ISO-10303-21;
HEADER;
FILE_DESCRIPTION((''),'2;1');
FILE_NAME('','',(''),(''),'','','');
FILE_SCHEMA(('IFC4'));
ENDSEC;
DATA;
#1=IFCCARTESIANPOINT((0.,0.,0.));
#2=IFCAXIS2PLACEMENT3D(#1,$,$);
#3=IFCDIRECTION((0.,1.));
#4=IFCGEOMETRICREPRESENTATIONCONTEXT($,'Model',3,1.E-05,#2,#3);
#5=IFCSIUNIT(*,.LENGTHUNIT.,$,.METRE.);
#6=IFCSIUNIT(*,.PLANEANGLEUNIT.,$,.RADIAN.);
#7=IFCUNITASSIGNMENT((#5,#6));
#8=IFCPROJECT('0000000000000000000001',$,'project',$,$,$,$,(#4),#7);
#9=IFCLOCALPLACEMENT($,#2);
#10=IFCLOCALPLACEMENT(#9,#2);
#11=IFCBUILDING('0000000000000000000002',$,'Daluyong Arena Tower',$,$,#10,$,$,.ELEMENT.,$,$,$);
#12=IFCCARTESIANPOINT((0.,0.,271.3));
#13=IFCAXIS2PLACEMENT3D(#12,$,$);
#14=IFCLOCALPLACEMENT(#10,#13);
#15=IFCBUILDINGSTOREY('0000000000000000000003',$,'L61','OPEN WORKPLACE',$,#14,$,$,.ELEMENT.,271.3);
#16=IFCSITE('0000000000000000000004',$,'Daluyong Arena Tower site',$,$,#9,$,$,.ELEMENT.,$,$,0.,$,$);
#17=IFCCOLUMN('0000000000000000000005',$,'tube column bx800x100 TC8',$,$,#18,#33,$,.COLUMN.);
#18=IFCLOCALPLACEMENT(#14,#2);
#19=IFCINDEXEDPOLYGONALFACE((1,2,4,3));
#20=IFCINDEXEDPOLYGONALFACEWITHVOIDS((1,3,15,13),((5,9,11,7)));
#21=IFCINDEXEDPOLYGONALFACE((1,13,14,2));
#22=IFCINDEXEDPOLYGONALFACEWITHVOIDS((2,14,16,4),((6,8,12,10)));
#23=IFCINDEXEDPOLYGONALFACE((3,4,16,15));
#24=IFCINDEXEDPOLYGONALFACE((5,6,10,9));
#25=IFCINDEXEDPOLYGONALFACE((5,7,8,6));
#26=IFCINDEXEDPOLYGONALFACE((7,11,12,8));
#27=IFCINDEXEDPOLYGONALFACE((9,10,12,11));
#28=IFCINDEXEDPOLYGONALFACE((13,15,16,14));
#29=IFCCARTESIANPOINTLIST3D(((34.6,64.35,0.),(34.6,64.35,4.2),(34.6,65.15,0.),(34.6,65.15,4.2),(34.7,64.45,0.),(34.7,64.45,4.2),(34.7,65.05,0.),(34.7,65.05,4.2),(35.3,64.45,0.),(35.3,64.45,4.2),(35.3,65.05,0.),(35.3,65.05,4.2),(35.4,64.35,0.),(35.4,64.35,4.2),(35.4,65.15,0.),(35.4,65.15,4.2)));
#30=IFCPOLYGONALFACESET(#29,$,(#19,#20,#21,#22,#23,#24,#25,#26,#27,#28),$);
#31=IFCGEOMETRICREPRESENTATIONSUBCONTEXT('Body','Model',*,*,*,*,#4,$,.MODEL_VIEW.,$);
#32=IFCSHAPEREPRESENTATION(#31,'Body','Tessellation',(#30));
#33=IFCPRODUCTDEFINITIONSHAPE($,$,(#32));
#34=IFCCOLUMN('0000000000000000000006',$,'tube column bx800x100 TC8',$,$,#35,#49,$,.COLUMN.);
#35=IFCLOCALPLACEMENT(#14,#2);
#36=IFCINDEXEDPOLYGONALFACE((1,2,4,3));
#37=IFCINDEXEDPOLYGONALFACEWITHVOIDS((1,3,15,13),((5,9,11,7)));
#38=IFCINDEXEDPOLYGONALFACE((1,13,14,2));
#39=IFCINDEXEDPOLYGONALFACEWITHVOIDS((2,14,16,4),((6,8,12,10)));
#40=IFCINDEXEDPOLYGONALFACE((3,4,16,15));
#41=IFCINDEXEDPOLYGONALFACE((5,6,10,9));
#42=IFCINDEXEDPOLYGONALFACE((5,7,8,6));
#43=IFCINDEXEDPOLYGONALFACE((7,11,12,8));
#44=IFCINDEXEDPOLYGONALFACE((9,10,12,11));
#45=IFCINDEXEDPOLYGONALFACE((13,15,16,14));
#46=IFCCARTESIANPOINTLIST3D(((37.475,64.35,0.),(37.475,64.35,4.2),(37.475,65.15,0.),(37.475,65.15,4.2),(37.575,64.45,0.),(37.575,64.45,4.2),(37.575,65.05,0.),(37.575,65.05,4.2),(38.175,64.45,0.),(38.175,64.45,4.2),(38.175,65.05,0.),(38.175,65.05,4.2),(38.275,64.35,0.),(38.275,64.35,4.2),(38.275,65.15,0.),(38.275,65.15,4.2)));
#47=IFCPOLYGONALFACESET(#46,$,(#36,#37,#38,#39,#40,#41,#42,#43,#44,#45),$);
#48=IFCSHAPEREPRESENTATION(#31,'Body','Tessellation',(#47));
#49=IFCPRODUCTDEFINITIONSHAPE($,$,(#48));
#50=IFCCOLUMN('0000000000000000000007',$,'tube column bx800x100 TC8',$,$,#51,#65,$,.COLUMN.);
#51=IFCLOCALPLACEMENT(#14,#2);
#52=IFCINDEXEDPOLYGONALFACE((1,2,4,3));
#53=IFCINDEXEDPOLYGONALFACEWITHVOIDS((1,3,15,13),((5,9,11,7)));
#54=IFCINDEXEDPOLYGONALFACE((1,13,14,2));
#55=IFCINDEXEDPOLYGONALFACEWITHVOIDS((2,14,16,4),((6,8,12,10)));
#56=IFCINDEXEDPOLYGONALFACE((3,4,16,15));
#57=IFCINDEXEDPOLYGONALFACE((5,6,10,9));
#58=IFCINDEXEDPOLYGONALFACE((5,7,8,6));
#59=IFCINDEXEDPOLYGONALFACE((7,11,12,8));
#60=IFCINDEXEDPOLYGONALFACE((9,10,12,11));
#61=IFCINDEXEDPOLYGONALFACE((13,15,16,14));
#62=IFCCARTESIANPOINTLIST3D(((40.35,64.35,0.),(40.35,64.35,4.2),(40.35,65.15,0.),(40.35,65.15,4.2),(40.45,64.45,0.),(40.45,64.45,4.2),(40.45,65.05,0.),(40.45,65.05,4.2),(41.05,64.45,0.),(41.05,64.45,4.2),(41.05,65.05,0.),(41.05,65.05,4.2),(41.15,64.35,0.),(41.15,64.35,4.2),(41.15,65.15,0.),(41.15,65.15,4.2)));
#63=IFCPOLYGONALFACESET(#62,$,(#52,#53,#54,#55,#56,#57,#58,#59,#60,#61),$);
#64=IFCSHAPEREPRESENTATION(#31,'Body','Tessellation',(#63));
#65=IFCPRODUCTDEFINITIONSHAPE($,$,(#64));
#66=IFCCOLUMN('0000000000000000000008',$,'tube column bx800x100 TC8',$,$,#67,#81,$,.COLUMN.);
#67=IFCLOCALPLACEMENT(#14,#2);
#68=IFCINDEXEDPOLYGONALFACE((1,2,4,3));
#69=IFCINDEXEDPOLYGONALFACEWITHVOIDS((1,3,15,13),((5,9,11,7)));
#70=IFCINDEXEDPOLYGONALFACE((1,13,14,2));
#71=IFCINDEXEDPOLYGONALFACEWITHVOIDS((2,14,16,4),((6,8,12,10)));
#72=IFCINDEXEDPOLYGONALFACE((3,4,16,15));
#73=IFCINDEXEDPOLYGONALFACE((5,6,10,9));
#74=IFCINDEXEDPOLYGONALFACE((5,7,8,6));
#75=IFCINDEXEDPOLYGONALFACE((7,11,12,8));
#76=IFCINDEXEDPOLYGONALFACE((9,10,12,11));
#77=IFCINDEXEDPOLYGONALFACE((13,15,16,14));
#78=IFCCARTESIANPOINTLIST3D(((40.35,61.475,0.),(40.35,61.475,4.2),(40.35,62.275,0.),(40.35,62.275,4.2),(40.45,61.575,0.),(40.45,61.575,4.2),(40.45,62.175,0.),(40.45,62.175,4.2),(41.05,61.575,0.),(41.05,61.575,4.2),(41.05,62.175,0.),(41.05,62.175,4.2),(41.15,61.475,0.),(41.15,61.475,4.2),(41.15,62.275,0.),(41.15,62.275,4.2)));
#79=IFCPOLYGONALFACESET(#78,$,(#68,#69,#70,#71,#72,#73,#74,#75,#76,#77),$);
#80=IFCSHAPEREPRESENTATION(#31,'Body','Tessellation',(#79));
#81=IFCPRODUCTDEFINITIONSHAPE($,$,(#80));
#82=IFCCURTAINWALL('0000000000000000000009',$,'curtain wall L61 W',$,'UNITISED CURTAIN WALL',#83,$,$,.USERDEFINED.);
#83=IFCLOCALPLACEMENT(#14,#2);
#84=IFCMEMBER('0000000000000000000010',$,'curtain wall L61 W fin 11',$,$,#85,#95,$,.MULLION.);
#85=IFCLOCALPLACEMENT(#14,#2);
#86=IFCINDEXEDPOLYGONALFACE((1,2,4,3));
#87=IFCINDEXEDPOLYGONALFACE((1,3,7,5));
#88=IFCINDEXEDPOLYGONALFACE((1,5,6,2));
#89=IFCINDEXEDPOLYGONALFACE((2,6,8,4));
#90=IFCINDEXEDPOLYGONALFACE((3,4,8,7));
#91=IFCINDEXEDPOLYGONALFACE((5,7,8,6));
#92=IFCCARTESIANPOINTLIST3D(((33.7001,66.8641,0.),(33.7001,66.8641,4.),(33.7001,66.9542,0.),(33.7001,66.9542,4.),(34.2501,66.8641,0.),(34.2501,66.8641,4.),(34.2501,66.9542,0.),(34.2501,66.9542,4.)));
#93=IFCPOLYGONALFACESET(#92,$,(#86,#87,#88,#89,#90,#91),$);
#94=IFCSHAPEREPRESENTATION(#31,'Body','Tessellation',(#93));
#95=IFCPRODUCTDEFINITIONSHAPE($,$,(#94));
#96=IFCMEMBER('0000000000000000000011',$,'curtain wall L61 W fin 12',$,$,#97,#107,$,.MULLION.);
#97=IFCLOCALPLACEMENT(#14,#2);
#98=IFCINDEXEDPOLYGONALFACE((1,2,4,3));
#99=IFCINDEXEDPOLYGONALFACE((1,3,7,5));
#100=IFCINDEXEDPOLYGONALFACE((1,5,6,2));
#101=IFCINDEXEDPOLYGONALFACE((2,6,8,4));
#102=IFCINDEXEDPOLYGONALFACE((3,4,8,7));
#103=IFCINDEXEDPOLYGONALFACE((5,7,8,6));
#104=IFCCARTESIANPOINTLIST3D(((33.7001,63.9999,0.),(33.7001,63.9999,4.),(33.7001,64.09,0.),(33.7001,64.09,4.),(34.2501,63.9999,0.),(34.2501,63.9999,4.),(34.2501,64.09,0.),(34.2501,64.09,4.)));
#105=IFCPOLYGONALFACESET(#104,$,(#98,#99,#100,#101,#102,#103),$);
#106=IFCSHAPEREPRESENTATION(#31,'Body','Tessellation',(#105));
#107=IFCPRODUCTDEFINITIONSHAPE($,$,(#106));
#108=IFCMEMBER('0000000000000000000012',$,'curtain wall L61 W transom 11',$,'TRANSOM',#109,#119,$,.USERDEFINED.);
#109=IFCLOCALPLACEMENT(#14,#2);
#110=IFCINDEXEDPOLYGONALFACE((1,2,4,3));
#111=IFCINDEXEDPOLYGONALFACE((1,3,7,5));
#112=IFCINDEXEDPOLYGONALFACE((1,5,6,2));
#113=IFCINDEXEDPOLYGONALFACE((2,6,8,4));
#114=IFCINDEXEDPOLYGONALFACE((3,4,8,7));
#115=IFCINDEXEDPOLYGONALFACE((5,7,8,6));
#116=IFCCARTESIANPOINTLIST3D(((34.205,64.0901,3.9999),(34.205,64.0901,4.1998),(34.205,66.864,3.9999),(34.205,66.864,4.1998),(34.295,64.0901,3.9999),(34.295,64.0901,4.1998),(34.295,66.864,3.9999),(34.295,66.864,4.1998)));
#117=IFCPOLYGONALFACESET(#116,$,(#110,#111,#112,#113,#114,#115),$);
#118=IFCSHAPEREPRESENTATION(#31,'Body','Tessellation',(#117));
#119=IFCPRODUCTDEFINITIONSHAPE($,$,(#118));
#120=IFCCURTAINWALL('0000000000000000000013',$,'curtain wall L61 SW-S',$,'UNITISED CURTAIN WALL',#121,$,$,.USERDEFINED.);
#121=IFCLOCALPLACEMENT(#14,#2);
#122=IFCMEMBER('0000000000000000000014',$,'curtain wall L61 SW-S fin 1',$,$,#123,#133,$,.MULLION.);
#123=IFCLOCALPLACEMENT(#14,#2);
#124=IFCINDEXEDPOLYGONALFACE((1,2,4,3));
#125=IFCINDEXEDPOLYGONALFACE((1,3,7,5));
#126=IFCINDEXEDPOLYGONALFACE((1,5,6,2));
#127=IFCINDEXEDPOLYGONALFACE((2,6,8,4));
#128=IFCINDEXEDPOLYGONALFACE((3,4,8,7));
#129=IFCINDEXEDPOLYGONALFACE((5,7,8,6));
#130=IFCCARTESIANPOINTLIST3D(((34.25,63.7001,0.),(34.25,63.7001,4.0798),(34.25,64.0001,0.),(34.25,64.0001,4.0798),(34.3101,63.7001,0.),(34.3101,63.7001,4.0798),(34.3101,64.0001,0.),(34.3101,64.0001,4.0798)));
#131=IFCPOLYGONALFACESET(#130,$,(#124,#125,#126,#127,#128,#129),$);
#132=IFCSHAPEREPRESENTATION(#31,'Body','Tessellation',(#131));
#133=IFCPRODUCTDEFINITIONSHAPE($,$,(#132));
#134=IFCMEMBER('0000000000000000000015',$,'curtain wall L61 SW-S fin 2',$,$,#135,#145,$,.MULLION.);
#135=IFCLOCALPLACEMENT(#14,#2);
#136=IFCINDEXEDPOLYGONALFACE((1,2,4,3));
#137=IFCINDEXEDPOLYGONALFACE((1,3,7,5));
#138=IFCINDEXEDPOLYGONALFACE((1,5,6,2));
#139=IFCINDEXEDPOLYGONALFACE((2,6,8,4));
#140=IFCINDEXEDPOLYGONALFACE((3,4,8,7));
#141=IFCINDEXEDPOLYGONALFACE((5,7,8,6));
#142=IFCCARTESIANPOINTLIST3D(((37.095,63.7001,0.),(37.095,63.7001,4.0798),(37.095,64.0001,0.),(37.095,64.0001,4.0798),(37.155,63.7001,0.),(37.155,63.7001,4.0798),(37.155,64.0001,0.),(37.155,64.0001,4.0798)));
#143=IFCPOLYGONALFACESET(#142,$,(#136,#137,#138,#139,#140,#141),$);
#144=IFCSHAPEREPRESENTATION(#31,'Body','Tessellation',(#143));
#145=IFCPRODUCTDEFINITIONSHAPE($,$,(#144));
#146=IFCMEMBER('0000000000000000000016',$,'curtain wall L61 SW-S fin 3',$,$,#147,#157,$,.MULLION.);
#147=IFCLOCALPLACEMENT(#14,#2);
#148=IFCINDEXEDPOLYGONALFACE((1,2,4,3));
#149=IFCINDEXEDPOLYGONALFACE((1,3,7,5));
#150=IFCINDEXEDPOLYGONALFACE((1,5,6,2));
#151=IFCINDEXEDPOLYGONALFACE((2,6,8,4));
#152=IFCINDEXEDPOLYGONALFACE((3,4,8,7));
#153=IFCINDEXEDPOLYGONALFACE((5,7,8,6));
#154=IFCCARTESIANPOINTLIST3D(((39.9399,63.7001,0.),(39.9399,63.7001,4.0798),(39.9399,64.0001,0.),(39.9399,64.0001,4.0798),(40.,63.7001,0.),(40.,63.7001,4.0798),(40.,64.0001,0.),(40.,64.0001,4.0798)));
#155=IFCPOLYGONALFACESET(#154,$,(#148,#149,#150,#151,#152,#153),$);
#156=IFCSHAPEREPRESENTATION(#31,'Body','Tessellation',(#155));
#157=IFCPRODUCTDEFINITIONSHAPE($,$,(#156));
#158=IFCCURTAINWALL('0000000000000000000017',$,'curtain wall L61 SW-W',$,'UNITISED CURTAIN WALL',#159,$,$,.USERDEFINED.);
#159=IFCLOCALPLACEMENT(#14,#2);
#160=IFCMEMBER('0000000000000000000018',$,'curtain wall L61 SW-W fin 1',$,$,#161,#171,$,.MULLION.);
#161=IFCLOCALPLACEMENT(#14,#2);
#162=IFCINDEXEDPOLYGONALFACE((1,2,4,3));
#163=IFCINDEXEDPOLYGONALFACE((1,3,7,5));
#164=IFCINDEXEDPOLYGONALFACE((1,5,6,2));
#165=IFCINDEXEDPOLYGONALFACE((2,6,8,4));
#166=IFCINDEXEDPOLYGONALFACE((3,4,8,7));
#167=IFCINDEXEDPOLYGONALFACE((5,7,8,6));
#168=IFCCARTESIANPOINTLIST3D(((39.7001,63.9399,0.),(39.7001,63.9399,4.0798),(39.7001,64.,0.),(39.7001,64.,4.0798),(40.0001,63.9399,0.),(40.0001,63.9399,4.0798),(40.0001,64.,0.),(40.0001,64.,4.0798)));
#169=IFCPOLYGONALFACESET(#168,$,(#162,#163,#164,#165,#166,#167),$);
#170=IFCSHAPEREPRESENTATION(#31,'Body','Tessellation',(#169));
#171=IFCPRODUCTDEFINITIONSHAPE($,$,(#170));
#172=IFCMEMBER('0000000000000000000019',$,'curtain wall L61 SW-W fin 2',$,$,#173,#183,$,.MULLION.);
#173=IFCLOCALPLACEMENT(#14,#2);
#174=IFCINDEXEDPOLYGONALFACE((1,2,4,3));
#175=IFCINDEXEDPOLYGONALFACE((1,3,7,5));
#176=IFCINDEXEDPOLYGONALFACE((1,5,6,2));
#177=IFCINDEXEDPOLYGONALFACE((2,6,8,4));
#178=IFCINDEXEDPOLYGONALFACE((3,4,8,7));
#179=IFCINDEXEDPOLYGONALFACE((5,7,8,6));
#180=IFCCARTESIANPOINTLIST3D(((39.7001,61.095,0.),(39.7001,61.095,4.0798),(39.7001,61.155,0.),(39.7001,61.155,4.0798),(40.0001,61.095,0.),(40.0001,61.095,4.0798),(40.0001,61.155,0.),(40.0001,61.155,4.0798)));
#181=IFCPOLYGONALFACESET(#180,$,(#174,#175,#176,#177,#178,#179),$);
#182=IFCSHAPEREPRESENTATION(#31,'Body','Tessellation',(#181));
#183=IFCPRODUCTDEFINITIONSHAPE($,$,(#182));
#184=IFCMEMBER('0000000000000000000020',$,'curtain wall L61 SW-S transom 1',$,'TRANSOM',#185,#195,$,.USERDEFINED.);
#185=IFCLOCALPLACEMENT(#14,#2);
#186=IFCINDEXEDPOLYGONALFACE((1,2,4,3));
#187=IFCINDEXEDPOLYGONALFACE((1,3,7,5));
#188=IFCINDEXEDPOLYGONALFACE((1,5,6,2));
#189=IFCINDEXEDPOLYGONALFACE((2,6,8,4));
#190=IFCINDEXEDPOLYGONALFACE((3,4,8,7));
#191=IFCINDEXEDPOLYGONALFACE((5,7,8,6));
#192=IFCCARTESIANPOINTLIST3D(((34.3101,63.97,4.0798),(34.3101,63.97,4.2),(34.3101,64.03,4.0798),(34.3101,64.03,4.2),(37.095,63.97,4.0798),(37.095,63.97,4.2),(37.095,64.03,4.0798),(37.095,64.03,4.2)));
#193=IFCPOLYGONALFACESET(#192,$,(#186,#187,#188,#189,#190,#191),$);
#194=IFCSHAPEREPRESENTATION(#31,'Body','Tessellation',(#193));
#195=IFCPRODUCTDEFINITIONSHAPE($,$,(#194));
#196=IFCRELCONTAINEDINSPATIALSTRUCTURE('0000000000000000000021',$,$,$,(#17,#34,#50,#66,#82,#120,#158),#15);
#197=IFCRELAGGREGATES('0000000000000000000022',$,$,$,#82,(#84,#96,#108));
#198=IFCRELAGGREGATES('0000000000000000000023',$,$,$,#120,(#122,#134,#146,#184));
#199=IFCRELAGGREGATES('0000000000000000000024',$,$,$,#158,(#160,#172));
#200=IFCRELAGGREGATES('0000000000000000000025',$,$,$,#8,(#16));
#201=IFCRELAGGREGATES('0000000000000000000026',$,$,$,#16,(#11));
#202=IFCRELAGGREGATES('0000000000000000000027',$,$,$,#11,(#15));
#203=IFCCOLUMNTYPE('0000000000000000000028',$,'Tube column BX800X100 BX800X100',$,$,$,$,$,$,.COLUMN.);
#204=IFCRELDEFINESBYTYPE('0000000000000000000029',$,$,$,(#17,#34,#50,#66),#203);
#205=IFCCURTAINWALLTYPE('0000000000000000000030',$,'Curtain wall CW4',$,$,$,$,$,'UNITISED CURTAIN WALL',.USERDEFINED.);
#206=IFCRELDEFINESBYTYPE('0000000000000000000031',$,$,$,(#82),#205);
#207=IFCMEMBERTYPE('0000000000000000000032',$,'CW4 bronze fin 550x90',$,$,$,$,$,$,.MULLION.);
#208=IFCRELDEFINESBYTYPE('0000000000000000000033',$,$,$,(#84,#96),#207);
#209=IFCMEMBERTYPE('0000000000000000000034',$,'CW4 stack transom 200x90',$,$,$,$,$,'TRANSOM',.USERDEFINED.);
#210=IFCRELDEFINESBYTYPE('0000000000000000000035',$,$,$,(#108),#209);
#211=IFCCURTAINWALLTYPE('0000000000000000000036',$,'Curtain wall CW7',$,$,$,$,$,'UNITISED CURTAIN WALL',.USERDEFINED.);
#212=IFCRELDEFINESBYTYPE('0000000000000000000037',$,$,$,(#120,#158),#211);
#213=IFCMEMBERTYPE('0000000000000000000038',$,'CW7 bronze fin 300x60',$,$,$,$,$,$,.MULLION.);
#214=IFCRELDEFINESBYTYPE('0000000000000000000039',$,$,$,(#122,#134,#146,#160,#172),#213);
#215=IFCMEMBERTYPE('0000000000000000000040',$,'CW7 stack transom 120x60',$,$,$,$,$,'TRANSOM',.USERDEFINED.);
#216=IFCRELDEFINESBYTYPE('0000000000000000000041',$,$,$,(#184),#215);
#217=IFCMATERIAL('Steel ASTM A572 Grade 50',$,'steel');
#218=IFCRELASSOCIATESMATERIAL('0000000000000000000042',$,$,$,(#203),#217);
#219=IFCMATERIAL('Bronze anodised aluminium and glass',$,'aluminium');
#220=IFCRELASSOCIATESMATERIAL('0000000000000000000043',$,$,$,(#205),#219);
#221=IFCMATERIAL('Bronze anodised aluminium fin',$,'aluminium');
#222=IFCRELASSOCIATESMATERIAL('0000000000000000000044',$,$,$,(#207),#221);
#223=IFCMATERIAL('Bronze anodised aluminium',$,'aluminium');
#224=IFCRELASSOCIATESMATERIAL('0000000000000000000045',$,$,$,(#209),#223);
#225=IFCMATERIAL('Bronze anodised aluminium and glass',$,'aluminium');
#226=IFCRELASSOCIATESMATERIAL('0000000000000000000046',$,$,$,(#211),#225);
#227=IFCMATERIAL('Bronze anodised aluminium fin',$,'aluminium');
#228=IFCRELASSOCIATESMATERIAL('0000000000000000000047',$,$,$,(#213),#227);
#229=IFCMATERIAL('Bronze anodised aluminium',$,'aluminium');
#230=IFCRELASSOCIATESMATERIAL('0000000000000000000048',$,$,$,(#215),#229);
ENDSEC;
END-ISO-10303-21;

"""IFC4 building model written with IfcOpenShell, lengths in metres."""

from ifc_helpers import new_model, si_unit, direction, frame, origin, origin_2d, place, context, subcontext, project, spatial, rectangle, hollow_rectangle, extrude, material, material_profile, profile_set, type_object, element, aggregate, save


model = new_model("IFC4")

# Units and contexts
model_context = context("Model", 3, precision=1e-05, world=origin(), true_north=direction((0.0, 1.0)))
body_context = subcontext(model_context, "Body", "Model", "MODEL_VIEW")
ifc_project = project(units=[si_unit("LENGTHUNIT", "METRE"), si_unit("PLANEANGLEUNIT", "RADIAN")], contexts=[model_context])

# Site, building, storey
site_placement = place(None, origin())
site = spatial("IfcSite", under=ifc_project, at=site_placement, Name="Daluyong Arena Tower site", CompositionType="ELEMENT", RefElevation=0.0)
building_placement = place(site_placement, origin())
building = spatial("IfcBuilding", under=site, at=building_placement, Name="Daluyong Arena Tower", CompositionType="ELEMENT")
storey_placement = place(building_placement, frame((0.0, 0.0, 271.3)))
storey = spatial("IfcBuildingStorey", under=building, at=storey_placement, Name="L61", Description="OPEN WORKPLACE", CompositionType="ELEMENT", Elevation=271.3)

# Columns
ifc_material_1 = material(Name="Steel ASTM A572 Grade 50", Category="steel")
ifc_material_profile_1 = material_profile(ifc_material_1, hollow_rectangle(XDim=0.8, YDim=0.8, WallThickness=0.1, at=origin_2d()))
ifc_profile_set_1 = profile_set([ifc_material_profile_1], Name="Steel ASTM A572 Grade 50")
column_type = type_object("IfcColumnType", Name="Tube column BX800X100 BX800X100", PredefinedType="COLUMN", material=ifc_profile_set_1)
for number, where, z_axis, x_axis, name in (
    (1, (35.0, 64.75, 0.0), (0.0, 0.0, 1.0), (1.0, 0.0, 0.0), "tube column bx800x100 TC8"),
    (2, (37.875, 64.75, 0.0), (0.0, 0.0, 1.0), (1.0, 0.0, 0.0), "tube column bx800x100 TC8"),
    (3, (40.75, 64.75, 0.0), (0.0, 0.0, 1.0), (0.0, 1.0, 0.0), "tube column bx800x100 TC8"),
    (4, (40.75, 61.875, 0.0), (0.0, 0.0, 1.0), (0.0, 1.0, 0.0), "tube column bx800x100 TC8"),
):
    element("IfcColumn", number, at=place(storey_placement, frame(where, z_axis=z_axis, x_axis=x_axis)), inside=storey, type_object=column_type, Name=name, PredefinedType="COLUMN", context=body_context, shape_type="SweptSolid", body=[
        extrude(hollow_rectangle(XDim=0.8, YDim=0.8, WallThickness=0.1, at=origin_2d()), origin(), (0.0, 0.0, 1.0), 4.2),
    ])

# Curtain walls, members
ifc_material_2 = material(Name="Bronze anodised aluminium and glass", Category="aluminium")
curtain_wall_type_1 = type_object("IfcCurtainWallType", Name="Curtain wall CW4", ElementType="UNITISED CURTAIN WALL", PredefinedType="USERDEFINED", material=ifc_material_2)
curtain_wall_1_placement = place(storey_placement, origin())
curtain_wall_1 = element("IfcCurtainWall", 5, at=curtain_wall_1_placement, inside=storey, type_object=curtain_wall_type_1, Name="curtain wall L61 W", ObjectType="UNITISED CURTAIN WALL", PredefinedType="USERDEFINED")
ifc_material_3 = material(Name="Bronze anodised aluminium fin", Category="aluminium")
ifc_material_profile_2 = material_profile(ifc_material_3, rectangle(XDim=0.55, YDim=0.0901, at=origin_2d()))
ifc_profile_set_2 = profile_set([ifc_material_profile_2], Name="Bronze anodised aluminium fin")
member_type_1 = type_object("IfcMemberType", Name="CW4 bronze fin 550x90", PredefinedType="MULLION", material=ifc_profile_set_2)
member_1_placement = place(storey_placement, frame((33.9751, 66.9092, 0.0), z_axis=(0.0, 0.0, 1.0), x_axis=(1.0, 0.0, 0.0)))
member_1 = element("IfcMember", 6, at=member_1_placement, type_object=member_type_1, Name="curtain wall L61 W fin 11", PredefinedType="MULLION", context=body_context, shape_type="SweptSolid", body=[
    extrude(rectangle(XDim=0.55, YDim=0.0901, at=origin_2d()), origin(), (0.0, 0.0, 1.0), 4.0),
])
member_2_placement = place(storey_placement, frame((33.9751, 64.0449, 0.0), z_axis=(0.0, 0.0, 1.0), x_axis=(1.0, 0.0, 0.0)))
member_2 = element("IfcMember", 7, at=member_2_placement, type_object=member_type_1, Name="curtain wall L61 W fin 12", PredefinedType="MULLION", context=body_context, shape_type="SweptSolid", body=[
    extrude(rectangle(XDim=0.55, YDim=0.0901, at=origin_2d()), origin(), (0.0, 0.0, 1.0), 4.0),
])
ifc_material_4 = material(Name="Bronze anodised aluminium", Category="aluminium")
ifc_material_profile_3 = material_profile(ifc_material_4, rectangle(XDim=0.0901, YDim=0.2, at=origin_2d()))
ifc_profile_set_3 = profile_set([ifc_material_profile_3], Name="Bronze anodised aluminium")
member_type_2 = type_object("IfcMemberType", Name="CW4 stack transom 200x90", ElementType="TRANSOM", PredefinedType="USERDEFINED", material=ifc_profile_set_3)
member_3_placement = place(storey_placement, frame((34.25, 66.864, 4.0999), z_axis=(0.0, -1.0, 0.0), x_axis=(1.0, 0.0, 0.0)))
member_3 = element("IfcMember", 8, at=member_3_placement, type_object=member_type_2, Name="curtain wall L61 W transom 11", ObjectType="TRANSOM", PredefinedType="USERDEFINED", context=body_context, shape_type="SweptSolid", body=[
    extrude(rectangle(XDim=0.0901, YDim=0.2, at=origin_2d()), origin(), (0.0, 0.0, 1.0), 2.7739),
])
ifc_material_5 = material(Name="Bronze anodised aluminium and glass", Category="aluminium")
curtain_wall_type_2 = type_object("IfcCurtainWallType", Name="Curtain wall CW7", ElementType="UNITISED CURTAIN WALL", PredefinedType="USERDEFINED", material=ifc_material_5)
curtain_wall_2_placement = place(storey_placement, origin())
curtain_wall_2 = element("IfcCurtainWall", 9, at=curtain_wall_2_placement, inside=storey, type_object=curtain_wall_type_2, Name="curtain wall L61 SW-S", ObjectType="UNITISED CURTAIN WALL", PredefinedType="USERDEFINED")
ifc_material_6 = material(Name="Bronze anodised aluminium fin", Category="aluminium")
ifc_material_profile_4 = material_profile(ifc_material_6, rectangle(XDim=0.3, YDim=0.0601, at=origin_2d()))
ifc_profile_set_4 = profile_set([ifc_material_profile_4], Name="Bronze anodised aluminium fin")
member_type_3 = type_object("IfcMemberType", Name="CW7 bronze fin 300x60", PredefinedType="MULLION", material=ifc_profile_set_4)
member_4_placement = place(storey_placement, frame((34.28, 63.8501, 0.0), z_axis=(0.0, 0.0, 1.0), x_axis=(0.0, 1.0, 0.0)))
member_4 = element("IfcMember", 10, at=member_4_placement, type_object=member_type_3, Name="curtain wall L61 SW-S fin 1", PredefinedType="MULLION", context=body_context, shape_type="SweptSolid", body=[
    extrude(rectangle(XDim=0.3, YDim=0.0601, at=origin_2d()), origin(), (0.0, 0.0, 1.0), 4.0798),
])
member_5_placement = place(storey_placement, frame((37.125, 63.8501, 0.0), z_axis=(0.0, 0.0, 1.0), x_axis=(0.0, 1.0, 0.0)))
member_5 = element("IfcMember", 11, at=member_5_placement, type_object=member_type_3, Name="curtain wall L61 SW-S fin 2", PredefinedType="MULLION", context=body_context, shape_type="SweptSolid", body=[
    extrude(rectangle(XDim=0.3, YDim=0.0601, at=origin_2d()), origin(), (0.0, 0.0, 1.0), 4.0798),
])
member_6_placement = place(storey_placement, frame((39.97, 63.8501, 0.0), z_axis=(0.0, 0.0, 1.0), x_axis=(0.0, 1.0, 0.0)))
member_6 = element("IfcMember", 12, at=member_6_placement, type_object=member_type_3, Name="curtain wall L61 SW-S fin 3", PredefinedType="MULLION", context=body_context, shape_type="SweptSolid", body=[
    extrude(rectangle(XDim=0.3, YDim=0.0601, at=origin_2d()), origin(), (0.0, 0.0, 1.0), 4.0798),
])
curtain_wall_3_placement = place(storey_placement, origin())
curtain_wall_3 = element("IfcCurtainWall", 13, at=curtain_wall_3_placement, inside=storey, type_object=curtain_wall_type_2, Name="curtain wall L61 SW-W", ObjectType="UNITISED CURTAIN WALL", PredefinedType="USERDEFINED")
member_7_placement = place(storey_placement, frame((39.8501, 63.97, 0.0), z_axis=(0.0, 0.0, 1.0), x_axis=(1.0, 0.0, 0.0)))
member_7 = element("IfcMember", 14, at=member_7_placement, type_object=member_type_3, Name="curtain wall L61 SW-W fin 1", PredefinedType="MULLION", context=body_context, shape_type="SweptSolid", body=[
    extrude(rectangle(XDim=0.3, YDim=0.0601, at=origin_2d()), origin(), (0.0, 0.0, 1.0), 4.0798),
])
member_8_placement = place(storey_placement, frame((39.8501, 61.125, 0.0), z_axis=(0.0, 0.0, 1.0), x_axis=(1.0, 0.0, 0.0)))
member_8 = element("IfcMember", 15, at=member_8_placement, type_object=member_type_3, Name="curtain wall L61 SW-W fin 2", PredefinedType="MULLION", context=body_context, shape_type="SweptSolid", body=[
    extrude(rectangle(XDim=0.3, YDim=0.0601, at=origin_2d()), origin(), (0.0, 0.0, 1.0), 4.0798),
])

# Member
ifc_material_7 = material(Name="Bronze anodised aluminium", Category="aluminium")
ifc_material_profile_5 = material_profile(ifc_material_7, rectangle(XDim=0.0601, YDim=0.1201, at=origin_2d()))
ifc_profile_set_5 = profile_set([ifc_material_profile_5], Name="Bronze anodised aluminium")
member_type_4 = type_object("IfcMemberType", Name="CW7 stack transom 120x60", ElementType="TRANSOM", PredefinedType="USERDEFINED", material=ifc_profile_set_5)
member_9_placement = place(storey_placement, frame((34.3101, 64.0, 4.1399), z_axis=(1.0, 0.0, 0.0), x_axis=(0.0, 1.0, 0.0)))
member_9 = element("IfcMember", 16, at=member_9_placement, type_object=member_type_4, Name="curtain wall L61 SW-S transom 1", ObjectType="TRANSOM", PredefinedType="USERDEFINED", context=body_context, shape_type="SweptSolid", body=[
    extrude(rectangle(XDim=0.0601, YDim=0.1201, at=origin_2d()), origin(), (0.0, 0.0, 1.0), 2.7849),
])

aggregate(curtain_wall_1, [member_1, member_2, member_3])
aggregate(curtain_wall_2, [member_4, member_5, member_6, member_9])
aggregate(curtain_wall_3, [member_7, member_8])

save(model, "model.ifc")
